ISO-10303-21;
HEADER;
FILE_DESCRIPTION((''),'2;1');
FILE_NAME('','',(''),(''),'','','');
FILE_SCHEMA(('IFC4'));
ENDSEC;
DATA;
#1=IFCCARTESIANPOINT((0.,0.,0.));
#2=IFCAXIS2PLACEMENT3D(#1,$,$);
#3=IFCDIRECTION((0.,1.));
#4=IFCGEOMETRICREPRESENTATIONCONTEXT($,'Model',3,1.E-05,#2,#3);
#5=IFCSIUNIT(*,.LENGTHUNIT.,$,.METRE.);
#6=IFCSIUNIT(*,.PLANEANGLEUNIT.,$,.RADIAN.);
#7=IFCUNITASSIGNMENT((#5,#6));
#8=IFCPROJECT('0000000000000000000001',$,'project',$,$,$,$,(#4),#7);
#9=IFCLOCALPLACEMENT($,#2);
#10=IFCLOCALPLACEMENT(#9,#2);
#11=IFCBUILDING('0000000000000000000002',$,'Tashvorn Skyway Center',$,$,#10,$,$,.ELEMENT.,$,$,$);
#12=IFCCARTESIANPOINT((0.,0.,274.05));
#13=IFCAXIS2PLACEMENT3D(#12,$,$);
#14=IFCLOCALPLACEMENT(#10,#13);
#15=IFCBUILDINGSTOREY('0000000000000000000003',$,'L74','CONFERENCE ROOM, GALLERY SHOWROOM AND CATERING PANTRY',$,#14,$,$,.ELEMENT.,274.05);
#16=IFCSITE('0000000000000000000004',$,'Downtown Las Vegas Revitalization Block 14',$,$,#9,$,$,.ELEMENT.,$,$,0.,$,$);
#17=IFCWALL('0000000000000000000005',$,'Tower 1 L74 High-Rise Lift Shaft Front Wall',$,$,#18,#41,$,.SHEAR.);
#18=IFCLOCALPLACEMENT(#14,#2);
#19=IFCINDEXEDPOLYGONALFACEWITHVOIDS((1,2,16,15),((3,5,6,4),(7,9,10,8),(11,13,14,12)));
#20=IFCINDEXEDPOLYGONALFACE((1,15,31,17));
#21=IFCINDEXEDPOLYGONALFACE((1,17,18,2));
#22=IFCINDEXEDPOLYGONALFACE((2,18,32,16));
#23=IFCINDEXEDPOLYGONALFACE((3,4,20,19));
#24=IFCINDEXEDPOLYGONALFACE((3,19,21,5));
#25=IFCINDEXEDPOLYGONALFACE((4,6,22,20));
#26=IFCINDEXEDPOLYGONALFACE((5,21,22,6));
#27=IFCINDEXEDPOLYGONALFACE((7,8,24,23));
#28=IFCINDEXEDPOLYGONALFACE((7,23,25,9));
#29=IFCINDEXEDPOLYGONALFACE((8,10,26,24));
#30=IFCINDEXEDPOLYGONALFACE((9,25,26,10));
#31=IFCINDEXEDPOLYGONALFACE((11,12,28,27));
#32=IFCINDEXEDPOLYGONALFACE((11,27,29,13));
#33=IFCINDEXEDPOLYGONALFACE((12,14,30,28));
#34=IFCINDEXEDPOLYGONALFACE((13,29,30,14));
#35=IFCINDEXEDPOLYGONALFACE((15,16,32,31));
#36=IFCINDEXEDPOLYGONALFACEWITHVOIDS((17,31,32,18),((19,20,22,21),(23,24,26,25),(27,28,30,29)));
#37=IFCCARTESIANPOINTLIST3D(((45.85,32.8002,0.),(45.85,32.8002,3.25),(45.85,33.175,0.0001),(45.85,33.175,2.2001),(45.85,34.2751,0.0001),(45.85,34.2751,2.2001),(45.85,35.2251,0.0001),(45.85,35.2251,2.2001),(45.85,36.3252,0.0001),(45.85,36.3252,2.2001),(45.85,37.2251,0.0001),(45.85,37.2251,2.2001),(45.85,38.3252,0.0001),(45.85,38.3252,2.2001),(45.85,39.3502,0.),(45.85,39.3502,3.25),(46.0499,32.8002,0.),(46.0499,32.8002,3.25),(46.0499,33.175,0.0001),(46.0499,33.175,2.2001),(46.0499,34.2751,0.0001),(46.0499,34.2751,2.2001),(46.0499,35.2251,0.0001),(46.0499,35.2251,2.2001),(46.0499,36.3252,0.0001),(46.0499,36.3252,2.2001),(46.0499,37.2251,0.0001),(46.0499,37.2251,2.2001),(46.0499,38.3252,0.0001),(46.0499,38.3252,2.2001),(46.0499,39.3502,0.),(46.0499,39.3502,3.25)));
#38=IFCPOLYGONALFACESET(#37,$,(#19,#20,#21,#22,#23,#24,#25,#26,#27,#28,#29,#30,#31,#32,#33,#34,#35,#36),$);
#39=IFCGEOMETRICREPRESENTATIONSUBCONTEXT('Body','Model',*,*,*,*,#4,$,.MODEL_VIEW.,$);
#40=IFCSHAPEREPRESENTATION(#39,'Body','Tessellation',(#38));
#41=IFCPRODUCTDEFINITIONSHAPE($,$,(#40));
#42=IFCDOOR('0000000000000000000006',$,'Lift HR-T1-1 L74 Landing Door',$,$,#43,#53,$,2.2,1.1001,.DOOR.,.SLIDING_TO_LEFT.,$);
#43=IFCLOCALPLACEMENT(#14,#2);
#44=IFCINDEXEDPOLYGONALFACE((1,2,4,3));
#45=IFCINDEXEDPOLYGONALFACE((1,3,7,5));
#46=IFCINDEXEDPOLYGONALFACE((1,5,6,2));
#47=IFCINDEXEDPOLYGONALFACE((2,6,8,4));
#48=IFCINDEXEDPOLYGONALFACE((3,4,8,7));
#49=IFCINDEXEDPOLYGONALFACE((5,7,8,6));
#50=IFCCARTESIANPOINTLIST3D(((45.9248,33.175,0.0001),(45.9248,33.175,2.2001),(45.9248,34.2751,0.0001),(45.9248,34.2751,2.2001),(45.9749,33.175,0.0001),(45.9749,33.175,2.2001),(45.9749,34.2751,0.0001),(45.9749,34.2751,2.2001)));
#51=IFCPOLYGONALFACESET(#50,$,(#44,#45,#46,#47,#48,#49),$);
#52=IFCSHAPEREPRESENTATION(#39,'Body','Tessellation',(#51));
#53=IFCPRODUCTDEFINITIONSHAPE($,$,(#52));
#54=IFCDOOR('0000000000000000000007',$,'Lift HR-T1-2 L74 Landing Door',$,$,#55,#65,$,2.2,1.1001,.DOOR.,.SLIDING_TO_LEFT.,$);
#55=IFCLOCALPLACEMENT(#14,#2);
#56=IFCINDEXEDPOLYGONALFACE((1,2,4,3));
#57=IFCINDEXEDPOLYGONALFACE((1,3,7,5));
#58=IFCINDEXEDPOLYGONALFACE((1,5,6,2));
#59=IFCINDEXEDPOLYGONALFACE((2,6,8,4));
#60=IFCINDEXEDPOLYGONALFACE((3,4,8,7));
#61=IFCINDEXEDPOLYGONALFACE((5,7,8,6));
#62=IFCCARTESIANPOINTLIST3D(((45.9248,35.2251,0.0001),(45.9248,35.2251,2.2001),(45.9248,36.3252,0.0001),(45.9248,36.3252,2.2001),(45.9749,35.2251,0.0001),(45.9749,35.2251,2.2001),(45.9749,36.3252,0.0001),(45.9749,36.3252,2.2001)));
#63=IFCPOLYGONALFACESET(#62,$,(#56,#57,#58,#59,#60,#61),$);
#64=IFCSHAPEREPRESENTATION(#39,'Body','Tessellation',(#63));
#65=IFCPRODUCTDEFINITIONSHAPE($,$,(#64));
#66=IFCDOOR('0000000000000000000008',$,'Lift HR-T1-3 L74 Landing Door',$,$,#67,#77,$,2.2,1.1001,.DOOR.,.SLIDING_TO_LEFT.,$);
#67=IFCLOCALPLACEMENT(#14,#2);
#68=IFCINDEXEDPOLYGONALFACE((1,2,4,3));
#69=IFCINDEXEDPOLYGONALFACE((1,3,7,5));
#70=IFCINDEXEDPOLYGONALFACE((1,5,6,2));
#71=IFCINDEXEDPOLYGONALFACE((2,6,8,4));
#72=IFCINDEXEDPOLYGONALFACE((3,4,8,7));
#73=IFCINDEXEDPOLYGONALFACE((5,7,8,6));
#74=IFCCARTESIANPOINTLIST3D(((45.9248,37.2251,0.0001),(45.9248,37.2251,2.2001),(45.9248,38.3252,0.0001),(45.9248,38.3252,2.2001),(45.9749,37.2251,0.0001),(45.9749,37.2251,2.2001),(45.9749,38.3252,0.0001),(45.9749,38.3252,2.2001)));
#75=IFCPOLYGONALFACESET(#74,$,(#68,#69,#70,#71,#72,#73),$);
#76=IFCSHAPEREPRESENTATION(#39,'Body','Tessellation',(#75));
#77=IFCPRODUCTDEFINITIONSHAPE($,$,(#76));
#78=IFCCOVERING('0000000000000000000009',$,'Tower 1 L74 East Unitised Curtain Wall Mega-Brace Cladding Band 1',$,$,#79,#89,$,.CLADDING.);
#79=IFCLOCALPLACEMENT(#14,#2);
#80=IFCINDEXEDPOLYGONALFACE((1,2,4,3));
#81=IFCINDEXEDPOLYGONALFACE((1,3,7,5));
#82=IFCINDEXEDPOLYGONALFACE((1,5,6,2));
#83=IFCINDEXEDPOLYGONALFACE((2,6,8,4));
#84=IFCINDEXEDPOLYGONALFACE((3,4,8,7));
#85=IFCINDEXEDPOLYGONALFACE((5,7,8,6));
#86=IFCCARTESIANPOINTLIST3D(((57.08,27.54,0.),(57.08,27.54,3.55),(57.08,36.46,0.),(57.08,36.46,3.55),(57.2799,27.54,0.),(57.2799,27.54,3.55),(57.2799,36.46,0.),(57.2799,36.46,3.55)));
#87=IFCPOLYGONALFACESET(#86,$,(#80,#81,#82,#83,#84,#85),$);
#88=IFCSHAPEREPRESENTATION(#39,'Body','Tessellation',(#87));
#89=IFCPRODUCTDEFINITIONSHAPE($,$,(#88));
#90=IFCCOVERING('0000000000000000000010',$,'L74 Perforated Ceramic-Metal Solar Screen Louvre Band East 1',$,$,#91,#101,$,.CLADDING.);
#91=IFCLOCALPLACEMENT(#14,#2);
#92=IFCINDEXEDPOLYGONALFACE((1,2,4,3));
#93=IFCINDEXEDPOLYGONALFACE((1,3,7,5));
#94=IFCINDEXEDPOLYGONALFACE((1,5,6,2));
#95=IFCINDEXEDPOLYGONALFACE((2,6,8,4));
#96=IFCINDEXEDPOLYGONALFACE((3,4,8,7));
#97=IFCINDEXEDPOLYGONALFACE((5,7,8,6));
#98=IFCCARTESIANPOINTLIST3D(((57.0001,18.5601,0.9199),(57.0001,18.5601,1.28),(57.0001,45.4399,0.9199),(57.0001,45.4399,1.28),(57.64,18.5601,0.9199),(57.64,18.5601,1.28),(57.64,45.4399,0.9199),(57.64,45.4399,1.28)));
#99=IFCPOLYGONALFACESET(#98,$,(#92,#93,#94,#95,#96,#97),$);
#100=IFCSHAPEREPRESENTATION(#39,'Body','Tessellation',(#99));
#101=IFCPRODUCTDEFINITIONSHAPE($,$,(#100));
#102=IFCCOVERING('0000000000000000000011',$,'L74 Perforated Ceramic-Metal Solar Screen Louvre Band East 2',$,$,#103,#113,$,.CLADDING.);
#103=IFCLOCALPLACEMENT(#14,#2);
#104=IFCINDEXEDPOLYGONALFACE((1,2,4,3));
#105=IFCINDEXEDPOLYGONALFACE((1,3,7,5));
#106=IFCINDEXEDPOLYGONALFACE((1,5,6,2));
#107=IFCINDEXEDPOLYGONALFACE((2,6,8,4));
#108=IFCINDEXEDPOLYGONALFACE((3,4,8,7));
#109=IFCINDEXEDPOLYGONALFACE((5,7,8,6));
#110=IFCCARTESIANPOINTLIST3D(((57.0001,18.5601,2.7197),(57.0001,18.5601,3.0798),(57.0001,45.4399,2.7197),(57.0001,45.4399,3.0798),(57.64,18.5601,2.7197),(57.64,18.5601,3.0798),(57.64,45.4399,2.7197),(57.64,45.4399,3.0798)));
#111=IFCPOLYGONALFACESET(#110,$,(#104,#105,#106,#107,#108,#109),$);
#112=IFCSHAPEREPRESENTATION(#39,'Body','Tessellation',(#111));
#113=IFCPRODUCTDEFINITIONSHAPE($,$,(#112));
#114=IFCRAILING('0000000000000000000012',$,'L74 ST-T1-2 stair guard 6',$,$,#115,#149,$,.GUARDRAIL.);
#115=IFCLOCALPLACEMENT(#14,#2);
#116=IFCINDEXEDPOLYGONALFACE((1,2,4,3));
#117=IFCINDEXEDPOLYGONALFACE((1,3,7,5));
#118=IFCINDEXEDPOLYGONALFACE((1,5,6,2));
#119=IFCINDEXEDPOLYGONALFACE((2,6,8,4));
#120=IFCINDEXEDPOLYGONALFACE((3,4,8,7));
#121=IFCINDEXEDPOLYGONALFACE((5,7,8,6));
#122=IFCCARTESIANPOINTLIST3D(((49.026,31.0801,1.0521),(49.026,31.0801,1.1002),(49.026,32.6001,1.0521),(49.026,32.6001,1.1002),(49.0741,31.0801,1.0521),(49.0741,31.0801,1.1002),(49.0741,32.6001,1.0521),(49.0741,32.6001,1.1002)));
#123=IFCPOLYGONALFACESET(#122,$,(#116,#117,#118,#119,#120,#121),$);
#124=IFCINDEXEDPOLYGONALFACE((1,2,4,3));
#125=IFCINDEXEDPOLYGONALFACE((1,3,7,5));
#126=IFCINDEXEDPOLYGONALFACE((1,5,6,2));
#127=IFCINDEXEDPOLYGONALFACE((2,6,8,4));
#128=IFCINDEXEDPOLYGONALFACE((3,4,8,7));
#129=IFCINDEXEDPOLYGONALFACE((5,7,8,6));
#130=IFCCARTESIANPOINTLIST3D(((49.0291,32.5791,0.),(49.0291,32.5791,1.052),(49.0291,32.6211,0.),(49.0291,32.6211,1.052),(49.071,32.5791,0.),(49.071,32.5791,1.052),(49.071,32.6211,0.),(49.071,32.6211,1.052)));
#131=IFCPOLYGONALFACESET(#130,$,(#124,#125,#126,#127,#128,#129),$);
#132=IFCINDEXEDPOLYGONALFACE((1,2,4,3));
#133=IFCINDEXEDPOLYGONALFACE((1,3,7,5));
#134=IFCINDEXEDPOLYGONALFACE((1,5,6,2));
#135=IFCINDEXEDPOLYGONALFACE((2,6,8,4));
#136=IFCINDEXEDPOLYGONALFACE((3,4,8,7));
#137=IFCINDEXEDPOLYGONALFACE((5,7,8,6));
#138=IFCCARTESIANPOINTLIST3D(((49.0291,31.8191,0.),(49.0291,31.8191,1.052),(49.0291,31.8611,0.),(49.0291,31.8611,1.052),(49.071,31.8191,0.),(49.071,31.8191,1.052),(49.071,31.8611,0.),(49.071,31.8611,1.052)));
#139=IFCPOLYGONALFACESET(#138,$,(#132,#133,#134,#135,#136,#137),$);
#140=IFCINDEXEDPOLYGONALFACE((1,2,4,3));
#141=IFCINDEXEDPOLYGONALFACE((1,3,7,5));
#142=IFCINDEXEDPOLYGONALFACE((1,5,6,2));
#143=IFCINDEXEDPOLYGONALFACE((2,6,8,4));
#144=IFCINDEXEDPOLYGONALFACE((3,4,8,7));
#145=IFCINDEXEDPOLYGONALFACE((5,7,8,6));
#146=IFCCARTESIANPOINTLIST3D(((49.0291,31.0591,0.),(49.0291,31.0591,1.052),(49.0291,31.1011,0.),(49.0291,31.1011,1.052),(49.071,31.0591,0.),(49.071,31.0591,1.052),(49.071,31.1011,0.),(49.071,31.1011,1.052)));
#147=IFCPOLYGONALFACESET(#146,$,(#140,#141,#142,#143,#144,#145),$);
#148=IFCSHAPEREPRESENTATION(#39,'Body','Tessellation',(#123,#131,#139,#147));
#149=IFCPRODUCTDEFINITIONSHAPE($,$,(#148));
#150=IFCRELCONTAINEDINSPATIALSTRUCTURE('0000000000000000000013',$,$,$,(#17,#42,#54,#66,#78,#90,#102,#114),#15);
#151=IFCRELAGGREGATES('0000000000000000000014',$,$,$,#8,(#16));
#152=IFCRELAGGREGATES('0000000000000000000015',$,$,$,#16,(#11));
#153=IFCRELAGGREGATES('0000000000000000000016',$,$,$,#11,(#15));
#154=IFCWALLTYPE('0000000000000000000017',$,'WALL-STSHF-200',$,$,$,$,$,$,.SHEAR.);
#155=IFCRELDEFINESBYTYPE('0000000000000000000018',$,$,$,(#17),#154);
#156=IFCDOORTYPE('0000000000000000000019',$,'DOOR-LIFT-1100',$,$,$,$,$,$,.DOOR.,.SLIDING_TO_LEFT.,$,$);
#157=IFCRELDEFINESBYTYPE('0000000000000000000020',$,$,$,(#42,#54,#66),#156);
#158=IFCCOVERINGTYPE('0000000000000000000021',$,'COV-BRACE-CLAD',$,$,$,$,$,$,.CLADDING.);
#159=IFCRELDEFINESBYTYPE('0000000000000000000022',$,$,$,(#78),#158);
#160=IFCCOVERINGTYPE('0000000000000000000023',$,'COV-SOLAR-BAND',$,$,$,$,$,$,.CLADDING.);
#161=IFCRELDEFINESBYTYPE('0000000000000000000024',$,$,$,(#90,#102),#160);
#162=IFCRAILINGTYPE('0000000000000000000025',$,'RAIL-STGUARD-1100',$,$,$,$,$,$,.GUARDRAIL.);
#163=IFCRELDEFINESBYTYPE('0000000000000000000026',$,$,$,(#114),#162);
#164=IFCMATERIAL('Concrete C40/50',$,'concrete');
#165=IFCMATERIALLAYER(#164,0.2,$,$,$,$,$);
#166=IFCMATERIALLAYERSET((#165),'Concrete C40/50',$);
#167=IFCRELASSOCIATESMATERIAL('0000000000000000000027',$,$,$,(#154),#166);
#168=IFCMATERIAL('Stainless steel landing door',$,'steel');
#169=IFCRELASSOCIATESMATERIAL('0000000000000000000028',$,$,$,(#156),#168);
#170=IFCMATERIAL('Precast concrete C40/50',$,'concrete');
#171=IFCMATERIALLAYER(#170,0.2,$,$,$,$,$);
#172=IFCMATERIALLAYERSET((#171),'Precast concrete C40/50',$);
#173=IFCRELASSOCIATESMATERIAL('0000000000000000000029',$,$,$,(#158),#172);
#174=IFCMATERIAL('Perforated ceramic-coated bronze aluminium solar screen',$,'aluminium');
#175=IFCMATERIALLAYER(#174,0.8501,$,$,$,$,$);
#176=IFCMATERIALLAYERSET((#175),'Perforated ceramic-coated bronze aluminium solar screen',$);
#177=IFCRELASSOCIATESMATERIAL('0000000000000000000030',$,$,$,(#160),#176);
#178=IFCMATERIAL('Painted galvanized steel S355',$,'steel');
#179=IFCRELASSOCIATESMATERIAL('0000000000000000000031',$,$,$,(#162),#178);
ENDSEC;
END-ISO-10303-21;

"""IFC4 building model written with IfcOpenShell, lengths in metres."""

from ifc_helpers import new_model, si_unit, direction, frame, frame_2d, origin, origin_2d, place, context, subcontext, project, spatial, rectangle, extrude, material, layer, layer_set, type_object, element, fill, save


model = new_model("IFC4")

# Units and contexts
model_context = context("Model", 3, precision=1e-05, world=origin(), true_north=direction((0.0, 1.0)))
body_context = subcontext(model_context, "Body", "Model", "MODEL_VIEW")
ifc_project = project(units=[si_unit("LENGTHUNIT", "METRE"), si_unit("PLANEANGLEUNIT", "RADIAN")], contexts=[model_context])

# Site, building, storey
site_placement = place(None, origin())
site = spatial("IfcSite", under=ifc_project, at=site_placement, Name="Downtown Las Vegas Revitalization Block 14", CompositionType="ELEMENT", RefElevation=0.0)
building_placement = place(site_placement, origin())
building = spatial("IfcBuilding", under=site, at=building_placement, Name="Tashvorn Skyway Center", CompositionType="ELEMENT")
storey_placement = place(building_placement, frame((0.0, 0.0, 274.05)))
storey = spatial("IfcBuildingStorey", under=building, at=storey_placement, Name="L74", Description="CONFERENCE ROOM, GALLERY SHOWROOM AND CATERING PANTRY", CompositionType="ELEMENT", Elevation=274.05)

# Shared definitions
ifc_material_1 = material(Name="Concrete C40/50", Category="concrete")

# Shared definitions
ifc_layer_1 = layer(ifc_material_1, 0.2)
ifc_layer_set_1 = layer_set([ifc_layer_1], Name="Concrete C40/50")
wall_type_1 = type_object("IfcWallType", Name="WALL-STSHF-200", PredefinedType="SHEAR", material=ifc_layer_set_1)

# Wall, openings, doors
wall_1_placement = place(storey_placement, frame((45.95, 39.3501, 0.0), z_axis=(0.0, 0.0, 1.0), x_axis=(0.0, -1.0, 0.0)))
wall_1 = element("IfcWall", 1, at=wall_1_placement, inside=storey, type_object=wall_type_1, Name="Tower 1 L74 High-Rise Lift Shaft Front Wall", PredefinedType="SHEAR", context=body_context, shape_type="SweptSolid", body=[
    extrude(rectangle(XDim=6.55, YDim=0.2, at=frame_2d((3.2749, 0.0))), origin(), (0.0, 0.0, 1.0), 3.25),
])
opening_1_placement = place(wall_1_placement, frame((5.075, 0.0, 0.0)))
opening_1 = element("IfcOpeningElement", 2, at=opening_1_placement, cuts=wall_1, PredefinedType="OPENING", context=body_context, shape_type="SweptSolid", body=[
    extrude(rectangle(XDim=1.1001, YDim=2.2, at=frame_2d((0.55, 1.1001))), frame((0.0, 0.1099, 0.0), z_axis=(0.0, -1.0, 0.0), x_axis=(1.0, 0.0, 0.0)), (0.0, 0.0, 1.0), 0.22),
])
opening_2_placement = place(wall_1_placement, frame((3.0249, 0.0, 0.0)))
opening_2 = element("IfcOpeningElement", 3, at=opening_2_placement, cuts=wall_1, PredefinedType="OPENING", context=body_context, shape_type="SweptSolid", body=[
    extrude(rectangle(XDim=1.1001, YDim=2.2, at=frame_2d((0.55, 1.1001))), frame((0.0, 0.1099, 0.0), z_axis=(0.0, -1.0, 0.0), x_axis=(1.0, 0.0, 0.0)), (0.0, 0.0, 1.0), 0.22),
])
opening_3_placement = place(wall_1_placement, frame((1.0249, 0.0, 0.0)))
opening_3 = element("IfcOpeningElement", 4, at=opening_3_placement, cuts=wall_1, PredefinedType="OPENING", context=body_context, shape_type="SweptSolid", body=[
    extrude(rectangle(XDim=1.1001, YDim=2.2, at=frame_2d((0.55, 1.1001))), frame((0.0, 0.1099, 0.0), z_axis=(0.0, -1.0, 0.0), x_axis=(1.0, 0.0, 0.0)), (0.0, 0.0, 1.0), 0.22),
])
ifc_material_2 = material(Name="Stainless steel landing door", Category="steel")
door_type_1 = type_object("IfcDoorType", Name="DOOR-LIFT-1100", OperationType="SLIDING_TO_LEFT", PredefinedType="DOOR", material=ifc_material_2)
door_1_placement = place(opening_1_placement, origin())
door_1 = element("IfcDoor", 5, at=door_1_placement, inside=storey, type_object=door_type_1, Name="Lift HR-T1-1 L74 Landing Door", OperationType="SLIDING_TO_LEFT", OverallHeight=2.2, OverallWidth=1.1001, PredefinedType="DOOR", context=body_context, shape_type="SweptSolid", body=[
    extrude(rectangle(XDim=1.1001, YDim=2.2, at=frame_2d((0.55, 1.1001))), frame((0.0, 0.0249, 0.0), z_axis=(0.0, -1.0, 0.0), x_axis=(1.0, 0.0, 0.0)), (0.0, 0.0, 1.0), 0.05),
])
fill(opening_1, door_1)
door_2_placement = place(opening_2_placement, origin())
door_2 = element("IfcDoor", 6, at=door_2_placement, inside=storey, type_object=door_type_1, Name="Lift HR-T1-2 L74 Landing Door", OperationType="SLIDING_TO_LEFT", OverallHeight=2.2, OverallWidth=1.1001, PredefinedType="DOOR", context=body_context, shape_type="SweptSolid", body=[
    extrude(rectangle(XDim=1.1001, YDim=2.2, at=frame_2d((0.55, 1.1001))), frame((0.0, 0.0249, 0.0), z_axis=(0.0, -1.0, 0.0), x_axis=(1.0, 0.0, 0.0)), (0.0, 0.0, 1.0), 0.05),
])
fill(opening_2, door_2)
door_3_placement = place(opening_3_placement, origin())
door_3 = element("IfcDoor", 7, at=door_3_placement, inside=storey, type_object=door_type_1, Name="Lift HR-T1-3 L74 Landing Door", OperationType="SLIDING_TO_LEFT", OverallHeight=2.2, OverallWidth=1.1001, PredefinedType="DOOR", context=body_context, shape_type="SweptSolid", body=[
    extrude(rectangle(XDim=1.1001, YDim=2.2, at=frame_2d((0.55, 1.1001))), frame((0.0, 0.0249, 0.0), z_axis=(0.0, -1.0, 0.0), x_axis=(1.0, 0.0, 0.0)), (0.0, 0.0, 1.0), 0.05),
])
fill(opening_3, door_3)

# Coverings
ifc_material_3 = material(Name="Precast concrete C40/50", Category="concrete")
ifc_layer_2 = layer(ifc_material_3, 0.2)
ifc_layer_set_2 = layer_set([ifc_layer_2], Name="Precast concrete C40/50")
covering_type_1 = type_object("IfcCoveringType", Name="COV-BRACE-CLAD", PredefinedType="CLADDING", material=ifc_layer_set_2)
covering_placement = place(storey_placement, frame((57.1799, 32.0, 0.0), z_axis=(0.0, 0.0, 1.0), x_axis=(0.0, -1.0, 0.0)))
element("IfcCovering", 8, at=covering_placement, inside=storey, type_object=covering_type_1, Name="Tower 1 L74 East Unitised Curtain Wall Mega-Brace Cladding Band 1", PredefinedType="CLADDING", context=body_context, shape_type="SweptSolid", body=[
    extrude(rectangle(XDim=8.9199, YDim=0.2, at=origin_2d()), origin(), (0.0, 0.0, 1.0), 3.55),
])
ifc_material_4 = material(Name="Perforated ceramic-coated bronze aluminium solar screen", Category="aluminium")
ifc_layer_3 = layer(ifc_material_4, 0.8501)
ifc_layer_set_3 = layer_set([ifc_layer_3], Name="Perforated ceramic-coated bronze aluminium solar screen")
covering_type_2 = type_object("IfcCoveringType", Name="COV-SOLAR-BAND", PredefinedType="CLADDING", material=ifc_layer_set_3)
for number, where, z_axis, x_axis, name in (
    (9, (57.3201, 32.0, 0.9199), (0.0, 0.0, 1.0), (0.0, -1.0, 0.0), "L74 Perforated Ceramic-Metal Solar Screen Louvre Band East 1"),
    (10, (57.3201, 32.0, 2.7197), (0.0, 0.0, 1.0), (0.0, -1.0, 0.0), "L74 Perforated Ceramic-Metal Solar Screen Louvre Band East 2"),
):
    element("IfcCovering", number, at=place(storey_placement, frame(where, z_axis=z_axis, x_axis=x_axis)), inside=storey, type_object=covering_type_2, Name=name, PredefinedType="CLADDING", context=body_context, shape_type="SweptSolid", body=[
        extrude(rectangle(XDim=26.8799, YDim=0.6399, at=origin_2d()), origin(), (0.0, 0.0, 1.0), 0.3601),
    ])

# Railing
ifc_material_5 = material(Name="Painted galvanized steel S355", Category="steel")
railing_type = type_object("IfcRailingType", Name="RAIL-STGUARD-1100", PredefinedType="GUARDRAIL", material=ifc_material_5)
railing_placement = place(storey_placement, frame((49.05, 32.6001, 0.0)))
element("IfcRailing", 11, at=railing_placement, inside=storey, type_object=railing_type, Name="L74 ST-T1-2 stair guard 6", PredefinedType="GUARDRAIL", context=body_context, shape_type="SweptSolid", body=[
    extrude(rectangle(XDim=0.0481, YDim=0.0481, at=origin_2d()), frame((0.0, 0.0, 1.0762), z_axis=(0.0, -1.0, 0.0), x_axis=(1.0, 0.0, 0.0)), (0.0, 0.0, 1.0), 1.52),
    extrude(rectangle(XDim=0.042, YDim=0.042, at=origin_2d()), origin(), (0.0, 0.0, 1.0), 1.052),
    extrude(rectangle(XDim=0.042, YDim=0.042, at=origin_2d()), frame((0.0, -0.76, 0.0)), (0.0, 0.0, 1.0), 1.052),
    extrude(rectangle(XDim=0.042, YDim=0.042, at=origin_2d()), frame((0.0, -1.52, 0.0)), (0.0, 0.0, 1.0), 1.052),
])

save(model, "model.ifc")
